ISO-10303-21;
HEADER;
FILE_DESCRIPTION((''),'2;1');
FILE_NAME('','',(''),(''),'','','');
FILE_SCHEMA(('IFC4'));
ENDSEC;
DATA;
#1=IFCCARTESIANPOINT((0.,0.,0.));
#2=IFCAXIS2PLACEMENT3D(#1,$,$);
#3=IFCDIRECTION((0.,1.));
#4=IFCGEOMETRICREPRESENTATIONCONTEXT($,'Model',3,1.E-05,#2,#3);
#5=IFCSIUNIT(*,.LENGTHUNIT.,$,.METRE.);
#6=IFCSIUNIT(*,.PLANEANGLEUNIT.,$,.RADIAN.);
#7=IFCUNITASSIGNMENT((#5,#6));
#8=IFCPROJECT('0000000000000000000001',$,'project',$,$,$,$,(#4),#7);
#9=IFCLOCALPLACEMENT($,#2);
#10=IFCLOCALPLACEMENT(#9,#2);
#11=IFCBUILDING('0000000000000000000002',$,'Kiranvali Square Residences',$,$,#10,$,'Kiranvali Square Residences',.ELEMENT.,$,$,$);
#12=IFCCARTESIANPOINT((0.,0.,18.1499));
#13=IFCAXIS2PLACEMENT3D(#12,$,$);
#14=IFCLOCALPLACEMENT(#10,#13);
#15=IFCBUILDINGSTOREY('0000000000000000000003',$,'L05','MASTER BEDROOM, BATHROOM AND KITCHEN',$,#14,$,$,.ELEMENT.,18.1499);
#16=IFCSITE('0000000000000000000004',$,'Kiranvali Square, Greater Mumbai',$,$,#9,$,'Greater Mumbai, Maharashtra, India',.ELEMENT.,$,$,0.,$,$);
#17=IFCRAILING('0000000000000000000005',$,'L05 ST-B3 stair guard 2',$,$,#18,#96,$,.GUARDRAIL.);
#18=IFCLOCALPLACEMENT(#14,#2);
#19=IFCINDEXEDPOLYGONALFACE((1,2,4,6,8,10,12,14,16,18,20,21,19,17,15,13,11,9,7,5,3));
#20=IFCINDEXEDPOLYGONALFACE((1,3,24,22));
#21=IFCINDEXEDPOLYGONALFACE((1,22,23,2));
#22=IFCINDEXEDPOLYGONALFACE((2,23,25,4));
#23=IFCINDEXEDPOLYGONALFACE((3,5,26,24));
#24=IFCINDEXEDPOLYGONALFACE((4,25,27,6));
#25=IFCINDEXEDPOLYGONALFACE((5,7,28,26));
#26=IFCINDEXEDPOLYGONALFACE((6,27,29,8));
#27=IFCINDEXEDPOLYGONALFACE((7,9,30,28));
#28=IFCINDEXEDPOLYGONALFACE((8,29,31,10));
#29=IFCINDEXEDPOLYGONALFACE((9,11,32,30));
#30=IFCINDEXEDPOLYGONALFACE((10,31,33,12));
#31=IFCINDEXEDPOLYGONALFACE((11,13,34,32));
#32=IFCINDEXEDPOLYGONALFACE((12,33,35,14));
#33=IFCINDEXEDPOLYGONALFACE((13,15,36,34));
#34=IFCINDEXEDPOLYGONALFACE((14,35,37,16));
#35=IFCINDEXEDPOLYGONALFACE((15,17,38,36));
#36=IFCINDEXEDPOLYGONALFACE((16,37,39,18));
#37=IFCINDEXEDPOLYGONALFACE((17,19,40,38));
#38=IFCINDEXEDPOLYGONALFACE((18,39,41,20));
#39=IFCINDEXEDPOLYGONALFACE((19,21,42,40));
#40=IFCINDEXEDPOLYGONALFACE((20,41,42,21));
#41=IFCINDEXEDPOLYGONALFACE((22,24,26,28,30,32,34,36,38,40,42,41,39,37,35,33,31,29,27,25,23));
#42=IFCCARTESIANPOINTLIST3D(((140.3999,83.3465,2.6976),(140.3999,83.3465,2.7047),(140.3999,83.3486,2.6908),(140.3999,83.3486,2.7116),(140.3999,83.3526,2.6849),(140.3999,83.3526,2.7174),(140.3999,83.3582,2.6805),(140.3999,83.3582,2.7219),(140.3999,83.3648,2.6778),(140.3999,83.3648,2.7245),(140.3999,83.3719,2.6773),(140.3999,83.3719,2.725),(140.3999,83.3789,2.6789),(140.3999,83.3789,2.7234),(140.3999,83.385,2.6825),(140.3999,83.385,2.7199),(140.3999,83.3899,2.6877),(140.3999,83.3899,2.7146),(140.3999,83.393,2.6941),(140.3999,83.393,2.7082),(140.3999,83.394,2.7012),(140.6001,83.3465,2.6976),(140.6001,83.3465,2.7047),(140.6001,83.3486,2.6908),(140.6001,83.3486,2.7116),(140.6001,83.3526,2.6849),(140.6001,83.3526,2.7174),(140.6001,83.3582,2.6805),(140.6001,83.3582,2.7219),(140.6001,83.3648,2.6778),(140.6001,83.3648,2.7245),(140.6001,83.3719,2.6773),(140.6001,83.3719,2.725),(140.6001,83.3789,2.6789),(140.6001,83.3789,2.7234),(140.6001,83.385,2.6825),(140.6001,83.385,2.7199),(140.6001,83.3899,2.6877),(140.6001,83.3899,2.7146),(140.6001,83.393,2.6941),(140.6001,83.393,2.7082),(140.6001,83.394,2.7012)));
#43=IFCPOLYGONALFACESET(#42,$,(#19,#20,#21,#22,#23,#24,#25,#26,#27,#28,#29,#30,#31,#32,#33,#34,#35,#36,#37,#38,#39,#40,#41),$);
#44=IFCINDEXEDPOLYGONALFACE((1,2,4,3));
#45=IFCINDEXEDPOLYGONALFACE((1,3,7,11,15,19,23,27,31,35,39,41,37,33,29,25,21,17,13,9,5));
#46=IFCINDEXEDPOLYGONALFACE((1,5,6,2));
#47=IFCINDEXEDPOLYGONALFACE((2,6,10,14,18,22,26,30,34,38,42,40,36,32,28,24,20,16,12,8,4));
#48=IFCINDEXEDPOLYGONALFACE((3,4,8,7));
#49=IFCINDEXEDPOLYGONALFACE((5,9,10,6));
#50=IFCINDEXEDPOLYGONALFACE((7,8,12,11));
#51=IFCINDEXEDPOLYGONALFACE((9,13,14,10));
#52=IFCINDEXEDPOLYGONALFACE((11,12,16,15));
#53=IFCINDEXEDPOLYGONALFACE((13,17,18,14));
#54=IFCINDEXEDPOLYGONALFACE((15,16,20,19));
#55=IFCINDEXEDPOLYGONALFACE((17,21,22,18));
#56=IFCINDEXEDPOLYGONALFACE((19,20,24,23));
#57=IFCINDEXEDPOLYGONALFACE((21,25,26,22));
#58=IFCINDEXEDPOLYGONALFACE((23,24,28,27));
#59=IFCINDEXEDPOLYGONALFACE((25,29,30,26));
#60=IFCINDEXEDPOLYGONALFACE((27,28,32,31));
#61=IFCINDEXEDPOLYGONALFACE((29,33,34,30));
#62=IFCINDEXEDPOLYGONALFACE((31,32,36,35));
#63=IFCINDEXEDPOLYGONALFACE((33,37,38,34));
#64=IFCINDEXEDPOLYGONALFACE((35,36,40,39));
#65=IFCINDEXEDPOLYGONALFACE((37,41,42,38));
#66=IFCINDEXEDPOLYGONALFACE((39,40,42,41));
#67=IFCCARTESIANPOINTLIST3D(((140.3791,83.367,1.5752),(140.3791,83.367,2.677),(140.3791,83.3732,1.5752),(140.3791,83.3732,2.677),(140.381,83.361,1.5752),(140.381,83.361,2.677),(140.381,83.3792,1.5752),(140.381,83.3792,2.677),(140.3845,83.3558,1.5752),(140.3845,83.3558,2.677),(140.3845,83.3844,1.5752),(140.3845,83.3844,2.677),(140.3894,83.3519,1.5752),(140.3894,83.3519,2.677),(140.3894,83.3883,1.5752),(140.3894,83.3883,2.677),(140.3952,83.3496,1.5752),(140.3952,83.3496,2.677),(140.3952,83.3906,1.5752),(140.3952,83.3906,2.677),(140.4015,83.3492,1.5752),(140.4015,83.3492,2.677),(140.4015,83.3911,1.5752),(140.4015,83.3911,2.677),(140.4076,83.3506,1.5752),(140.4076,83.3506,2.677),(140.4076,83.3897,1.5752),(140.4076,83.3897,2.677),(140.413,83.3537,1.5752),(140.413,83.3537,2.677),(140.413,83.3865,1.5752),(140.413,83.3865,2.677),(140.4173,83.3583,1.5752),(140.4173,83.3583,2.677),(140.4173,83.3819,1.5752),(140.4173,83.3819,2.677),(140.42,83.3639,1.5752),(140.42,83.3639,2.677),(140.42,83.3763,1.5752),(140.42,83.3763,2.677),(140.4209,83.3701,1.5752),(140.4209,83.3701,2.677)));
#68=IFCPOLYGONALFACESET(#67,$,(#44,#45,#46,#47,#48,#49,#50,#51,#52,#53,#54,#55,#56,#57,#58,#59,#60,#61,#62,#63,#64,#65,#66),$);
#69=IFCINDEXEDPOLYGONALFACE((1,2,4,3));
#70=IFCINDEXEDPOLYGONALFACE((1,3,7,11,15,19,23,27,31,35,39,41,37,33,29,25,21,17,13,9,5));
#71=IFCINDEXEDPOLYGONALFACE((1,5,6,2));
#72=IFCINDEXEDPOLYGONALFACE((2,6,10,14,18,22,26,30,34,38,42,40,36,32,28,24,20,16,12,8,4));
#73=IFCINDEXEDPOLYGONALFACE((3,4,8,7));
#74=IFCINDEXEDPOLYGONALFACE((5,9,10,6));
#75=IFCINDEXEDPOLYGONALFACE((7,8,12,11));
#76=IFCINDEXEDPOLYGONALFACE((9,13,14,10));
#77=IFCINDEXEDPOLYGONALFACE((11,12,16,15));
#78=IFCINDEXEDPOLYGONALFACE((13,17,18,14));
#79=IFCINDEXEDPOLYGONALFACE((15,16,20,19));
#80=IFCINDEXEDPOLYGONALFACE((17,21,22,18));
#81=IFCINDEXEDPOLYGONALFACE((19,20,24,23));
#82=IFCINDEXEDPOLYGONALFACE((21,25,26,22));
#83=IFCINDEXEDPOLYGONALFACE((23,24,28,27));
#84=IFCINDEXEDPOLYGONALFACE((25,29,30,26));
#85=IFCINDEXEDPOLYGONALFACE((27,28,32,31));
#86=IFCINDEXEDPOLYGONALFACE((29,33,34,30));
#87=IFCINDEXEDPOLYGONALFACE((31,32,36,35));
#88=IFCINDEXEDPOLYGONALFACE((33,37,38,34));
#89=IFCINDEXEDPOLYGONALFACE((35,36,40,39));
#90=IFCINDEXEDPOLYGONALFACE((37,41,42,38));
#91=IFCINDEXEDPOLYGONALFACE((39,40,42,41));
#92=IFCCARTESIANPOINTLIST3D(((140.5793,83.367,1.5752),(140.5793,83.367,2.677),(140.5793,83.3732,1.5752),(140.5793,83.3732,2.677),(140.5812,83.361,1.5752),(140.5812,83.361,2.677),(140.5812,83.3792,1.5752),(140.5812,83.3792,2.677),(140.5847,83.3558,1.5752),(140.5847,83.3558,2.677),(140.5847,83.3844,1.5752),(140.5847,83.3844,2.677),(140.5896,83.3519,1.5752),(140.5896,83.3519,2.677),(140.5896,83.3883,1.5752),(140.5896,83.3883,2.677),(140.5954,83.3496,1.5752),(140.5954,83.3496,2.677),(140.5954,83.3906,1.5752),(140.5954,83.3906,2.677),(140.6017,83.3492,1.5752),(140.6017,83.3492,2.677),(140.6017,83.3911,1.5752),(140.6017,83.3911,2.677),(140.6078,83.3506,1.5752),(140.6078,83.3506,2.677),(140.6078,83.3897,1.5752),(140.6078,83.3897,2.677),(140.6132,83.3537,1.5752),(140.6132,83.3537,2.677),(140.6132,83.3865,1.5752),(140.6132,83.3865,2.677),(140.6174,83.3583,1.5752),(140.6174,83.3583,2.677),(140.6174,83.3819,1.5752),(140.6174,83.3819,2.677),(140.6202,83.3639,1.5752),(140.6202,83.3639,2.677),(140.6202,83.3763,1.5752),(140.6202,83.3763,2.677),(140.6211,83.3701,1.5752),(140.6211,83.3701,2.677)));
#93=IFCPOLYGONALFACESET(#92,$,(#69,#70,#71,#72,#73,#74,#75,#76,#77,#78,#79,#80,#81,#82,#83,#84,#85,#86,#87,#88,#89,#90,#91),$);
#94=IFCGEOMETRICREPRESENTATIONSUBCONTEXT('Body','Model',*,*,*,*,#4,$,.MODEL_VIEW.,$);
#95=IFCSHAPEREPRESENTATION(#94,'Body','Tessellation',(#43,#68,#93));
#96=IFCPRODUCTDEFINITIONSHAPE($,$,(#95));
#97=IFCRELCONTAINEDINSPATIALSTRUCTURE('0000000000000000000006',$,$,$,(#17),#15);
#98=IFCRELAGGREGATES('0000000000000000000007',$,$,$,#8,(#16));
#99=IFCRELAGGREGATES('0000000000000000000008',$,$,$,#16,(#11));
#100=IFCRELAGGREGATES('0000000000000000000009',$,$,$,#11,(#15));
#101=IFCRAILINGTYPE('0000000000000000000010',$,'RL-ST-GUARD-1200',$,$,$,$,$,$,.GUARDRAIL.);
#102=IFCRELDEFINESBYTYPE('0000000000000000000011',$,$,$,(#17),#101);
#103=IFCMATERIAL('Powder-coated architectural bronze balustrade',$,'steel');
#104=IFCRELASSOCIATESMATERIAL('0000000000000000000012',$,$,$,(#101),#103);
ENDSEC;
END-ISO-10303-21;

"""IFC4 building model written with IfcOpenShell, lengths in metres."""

from ifc_helpers import new_model, si_unit, direction, frame, origin, origin_2d, place, context, subcontext, project, spatial, circle, extrude, material, type_object, element, save


model = new_model("IFC4")

# Units and contexts
model_context = context("Model", 3, precision=1e-05, world=origin(), true_north=direction((0.0, 1.0)))
body_context = subcontext(model_context, "Body", "Model", "MODEL_VIEW")
ifc_project = project(units=[si_unit("LENGTHUNIT", "METRE"), si_unit("PLANEANGLEUNIT", "RADIAN")], contexts=[model_context])

# Site, building, storey
site_placement = place(None, origin())
site = spatial("IfcSite", under=ifc_project, at=site_placement, Name="Kiranvali Square, Greater Mumbai", LongName="Greater Mumbai, Maharashtra, India", CompositionType="ELEMENT", RefElevation=0.0)
building_placement = place(site_placement, origin())
building = spatial("IfcBuilding", under=site, at=building_placement, Name="Kiranvali Square Residences", LongName="Kiranvali Square Residences", CompositionType="ELEMENT")
storey_placement = place(building_placement, frame((0.0, 0.0, 18.1499)))
storey = spatial("IfcBuildingStorey", under=building, at=storey_placement, Name="L05", Description="MASTER BEDROOM, BATHROOM AND KITCHEN", CompositionType="ELEMENT", Elevation=18.1499)

# Railing
ifc_material_1 = material(Name="Powder-coated architectural bronze balustrade", Category="steel")
railing_type_1 = type_object("IfcRailingType", Name="RL-ST-GUARD-1200", PredefinedType="GUARDRAIL", material=ifc_material_1)
railing_1_placement = place(storey_placement, frame((140.3999, 83.3701, 1.5752)))
element("IfcRailing", 1, at=railing_1_placement, inside=storey, type_object=railing_type_1, Name="L05 ST-B3 stair guard 2", PredefinedType="GUARDRAIL", context=body_context, shape_type="SweptSolid", body=[
    extrude(circle(Radius=0.0239, at=origin_2d()), frame((0.0, 0.0, 1.126), z_axis=(1.0, 0.0, 0.0), x_axis=(0.0, 1.0, 0.0)), (0.0, 0.0, 1.0), 0.2002),
    extrude(circle(Radius=0.021, at=origin_2d()), origin(), (0.0, 0.0, 1.0), 1.1018),
    extrude(circle(Radius=0.021, at=origin_2d()), frame((0.2002, 0.0, 0.0)), (0.0, 0.0, 1.0), 1.1018),
])

save(model, "model.ifc")
